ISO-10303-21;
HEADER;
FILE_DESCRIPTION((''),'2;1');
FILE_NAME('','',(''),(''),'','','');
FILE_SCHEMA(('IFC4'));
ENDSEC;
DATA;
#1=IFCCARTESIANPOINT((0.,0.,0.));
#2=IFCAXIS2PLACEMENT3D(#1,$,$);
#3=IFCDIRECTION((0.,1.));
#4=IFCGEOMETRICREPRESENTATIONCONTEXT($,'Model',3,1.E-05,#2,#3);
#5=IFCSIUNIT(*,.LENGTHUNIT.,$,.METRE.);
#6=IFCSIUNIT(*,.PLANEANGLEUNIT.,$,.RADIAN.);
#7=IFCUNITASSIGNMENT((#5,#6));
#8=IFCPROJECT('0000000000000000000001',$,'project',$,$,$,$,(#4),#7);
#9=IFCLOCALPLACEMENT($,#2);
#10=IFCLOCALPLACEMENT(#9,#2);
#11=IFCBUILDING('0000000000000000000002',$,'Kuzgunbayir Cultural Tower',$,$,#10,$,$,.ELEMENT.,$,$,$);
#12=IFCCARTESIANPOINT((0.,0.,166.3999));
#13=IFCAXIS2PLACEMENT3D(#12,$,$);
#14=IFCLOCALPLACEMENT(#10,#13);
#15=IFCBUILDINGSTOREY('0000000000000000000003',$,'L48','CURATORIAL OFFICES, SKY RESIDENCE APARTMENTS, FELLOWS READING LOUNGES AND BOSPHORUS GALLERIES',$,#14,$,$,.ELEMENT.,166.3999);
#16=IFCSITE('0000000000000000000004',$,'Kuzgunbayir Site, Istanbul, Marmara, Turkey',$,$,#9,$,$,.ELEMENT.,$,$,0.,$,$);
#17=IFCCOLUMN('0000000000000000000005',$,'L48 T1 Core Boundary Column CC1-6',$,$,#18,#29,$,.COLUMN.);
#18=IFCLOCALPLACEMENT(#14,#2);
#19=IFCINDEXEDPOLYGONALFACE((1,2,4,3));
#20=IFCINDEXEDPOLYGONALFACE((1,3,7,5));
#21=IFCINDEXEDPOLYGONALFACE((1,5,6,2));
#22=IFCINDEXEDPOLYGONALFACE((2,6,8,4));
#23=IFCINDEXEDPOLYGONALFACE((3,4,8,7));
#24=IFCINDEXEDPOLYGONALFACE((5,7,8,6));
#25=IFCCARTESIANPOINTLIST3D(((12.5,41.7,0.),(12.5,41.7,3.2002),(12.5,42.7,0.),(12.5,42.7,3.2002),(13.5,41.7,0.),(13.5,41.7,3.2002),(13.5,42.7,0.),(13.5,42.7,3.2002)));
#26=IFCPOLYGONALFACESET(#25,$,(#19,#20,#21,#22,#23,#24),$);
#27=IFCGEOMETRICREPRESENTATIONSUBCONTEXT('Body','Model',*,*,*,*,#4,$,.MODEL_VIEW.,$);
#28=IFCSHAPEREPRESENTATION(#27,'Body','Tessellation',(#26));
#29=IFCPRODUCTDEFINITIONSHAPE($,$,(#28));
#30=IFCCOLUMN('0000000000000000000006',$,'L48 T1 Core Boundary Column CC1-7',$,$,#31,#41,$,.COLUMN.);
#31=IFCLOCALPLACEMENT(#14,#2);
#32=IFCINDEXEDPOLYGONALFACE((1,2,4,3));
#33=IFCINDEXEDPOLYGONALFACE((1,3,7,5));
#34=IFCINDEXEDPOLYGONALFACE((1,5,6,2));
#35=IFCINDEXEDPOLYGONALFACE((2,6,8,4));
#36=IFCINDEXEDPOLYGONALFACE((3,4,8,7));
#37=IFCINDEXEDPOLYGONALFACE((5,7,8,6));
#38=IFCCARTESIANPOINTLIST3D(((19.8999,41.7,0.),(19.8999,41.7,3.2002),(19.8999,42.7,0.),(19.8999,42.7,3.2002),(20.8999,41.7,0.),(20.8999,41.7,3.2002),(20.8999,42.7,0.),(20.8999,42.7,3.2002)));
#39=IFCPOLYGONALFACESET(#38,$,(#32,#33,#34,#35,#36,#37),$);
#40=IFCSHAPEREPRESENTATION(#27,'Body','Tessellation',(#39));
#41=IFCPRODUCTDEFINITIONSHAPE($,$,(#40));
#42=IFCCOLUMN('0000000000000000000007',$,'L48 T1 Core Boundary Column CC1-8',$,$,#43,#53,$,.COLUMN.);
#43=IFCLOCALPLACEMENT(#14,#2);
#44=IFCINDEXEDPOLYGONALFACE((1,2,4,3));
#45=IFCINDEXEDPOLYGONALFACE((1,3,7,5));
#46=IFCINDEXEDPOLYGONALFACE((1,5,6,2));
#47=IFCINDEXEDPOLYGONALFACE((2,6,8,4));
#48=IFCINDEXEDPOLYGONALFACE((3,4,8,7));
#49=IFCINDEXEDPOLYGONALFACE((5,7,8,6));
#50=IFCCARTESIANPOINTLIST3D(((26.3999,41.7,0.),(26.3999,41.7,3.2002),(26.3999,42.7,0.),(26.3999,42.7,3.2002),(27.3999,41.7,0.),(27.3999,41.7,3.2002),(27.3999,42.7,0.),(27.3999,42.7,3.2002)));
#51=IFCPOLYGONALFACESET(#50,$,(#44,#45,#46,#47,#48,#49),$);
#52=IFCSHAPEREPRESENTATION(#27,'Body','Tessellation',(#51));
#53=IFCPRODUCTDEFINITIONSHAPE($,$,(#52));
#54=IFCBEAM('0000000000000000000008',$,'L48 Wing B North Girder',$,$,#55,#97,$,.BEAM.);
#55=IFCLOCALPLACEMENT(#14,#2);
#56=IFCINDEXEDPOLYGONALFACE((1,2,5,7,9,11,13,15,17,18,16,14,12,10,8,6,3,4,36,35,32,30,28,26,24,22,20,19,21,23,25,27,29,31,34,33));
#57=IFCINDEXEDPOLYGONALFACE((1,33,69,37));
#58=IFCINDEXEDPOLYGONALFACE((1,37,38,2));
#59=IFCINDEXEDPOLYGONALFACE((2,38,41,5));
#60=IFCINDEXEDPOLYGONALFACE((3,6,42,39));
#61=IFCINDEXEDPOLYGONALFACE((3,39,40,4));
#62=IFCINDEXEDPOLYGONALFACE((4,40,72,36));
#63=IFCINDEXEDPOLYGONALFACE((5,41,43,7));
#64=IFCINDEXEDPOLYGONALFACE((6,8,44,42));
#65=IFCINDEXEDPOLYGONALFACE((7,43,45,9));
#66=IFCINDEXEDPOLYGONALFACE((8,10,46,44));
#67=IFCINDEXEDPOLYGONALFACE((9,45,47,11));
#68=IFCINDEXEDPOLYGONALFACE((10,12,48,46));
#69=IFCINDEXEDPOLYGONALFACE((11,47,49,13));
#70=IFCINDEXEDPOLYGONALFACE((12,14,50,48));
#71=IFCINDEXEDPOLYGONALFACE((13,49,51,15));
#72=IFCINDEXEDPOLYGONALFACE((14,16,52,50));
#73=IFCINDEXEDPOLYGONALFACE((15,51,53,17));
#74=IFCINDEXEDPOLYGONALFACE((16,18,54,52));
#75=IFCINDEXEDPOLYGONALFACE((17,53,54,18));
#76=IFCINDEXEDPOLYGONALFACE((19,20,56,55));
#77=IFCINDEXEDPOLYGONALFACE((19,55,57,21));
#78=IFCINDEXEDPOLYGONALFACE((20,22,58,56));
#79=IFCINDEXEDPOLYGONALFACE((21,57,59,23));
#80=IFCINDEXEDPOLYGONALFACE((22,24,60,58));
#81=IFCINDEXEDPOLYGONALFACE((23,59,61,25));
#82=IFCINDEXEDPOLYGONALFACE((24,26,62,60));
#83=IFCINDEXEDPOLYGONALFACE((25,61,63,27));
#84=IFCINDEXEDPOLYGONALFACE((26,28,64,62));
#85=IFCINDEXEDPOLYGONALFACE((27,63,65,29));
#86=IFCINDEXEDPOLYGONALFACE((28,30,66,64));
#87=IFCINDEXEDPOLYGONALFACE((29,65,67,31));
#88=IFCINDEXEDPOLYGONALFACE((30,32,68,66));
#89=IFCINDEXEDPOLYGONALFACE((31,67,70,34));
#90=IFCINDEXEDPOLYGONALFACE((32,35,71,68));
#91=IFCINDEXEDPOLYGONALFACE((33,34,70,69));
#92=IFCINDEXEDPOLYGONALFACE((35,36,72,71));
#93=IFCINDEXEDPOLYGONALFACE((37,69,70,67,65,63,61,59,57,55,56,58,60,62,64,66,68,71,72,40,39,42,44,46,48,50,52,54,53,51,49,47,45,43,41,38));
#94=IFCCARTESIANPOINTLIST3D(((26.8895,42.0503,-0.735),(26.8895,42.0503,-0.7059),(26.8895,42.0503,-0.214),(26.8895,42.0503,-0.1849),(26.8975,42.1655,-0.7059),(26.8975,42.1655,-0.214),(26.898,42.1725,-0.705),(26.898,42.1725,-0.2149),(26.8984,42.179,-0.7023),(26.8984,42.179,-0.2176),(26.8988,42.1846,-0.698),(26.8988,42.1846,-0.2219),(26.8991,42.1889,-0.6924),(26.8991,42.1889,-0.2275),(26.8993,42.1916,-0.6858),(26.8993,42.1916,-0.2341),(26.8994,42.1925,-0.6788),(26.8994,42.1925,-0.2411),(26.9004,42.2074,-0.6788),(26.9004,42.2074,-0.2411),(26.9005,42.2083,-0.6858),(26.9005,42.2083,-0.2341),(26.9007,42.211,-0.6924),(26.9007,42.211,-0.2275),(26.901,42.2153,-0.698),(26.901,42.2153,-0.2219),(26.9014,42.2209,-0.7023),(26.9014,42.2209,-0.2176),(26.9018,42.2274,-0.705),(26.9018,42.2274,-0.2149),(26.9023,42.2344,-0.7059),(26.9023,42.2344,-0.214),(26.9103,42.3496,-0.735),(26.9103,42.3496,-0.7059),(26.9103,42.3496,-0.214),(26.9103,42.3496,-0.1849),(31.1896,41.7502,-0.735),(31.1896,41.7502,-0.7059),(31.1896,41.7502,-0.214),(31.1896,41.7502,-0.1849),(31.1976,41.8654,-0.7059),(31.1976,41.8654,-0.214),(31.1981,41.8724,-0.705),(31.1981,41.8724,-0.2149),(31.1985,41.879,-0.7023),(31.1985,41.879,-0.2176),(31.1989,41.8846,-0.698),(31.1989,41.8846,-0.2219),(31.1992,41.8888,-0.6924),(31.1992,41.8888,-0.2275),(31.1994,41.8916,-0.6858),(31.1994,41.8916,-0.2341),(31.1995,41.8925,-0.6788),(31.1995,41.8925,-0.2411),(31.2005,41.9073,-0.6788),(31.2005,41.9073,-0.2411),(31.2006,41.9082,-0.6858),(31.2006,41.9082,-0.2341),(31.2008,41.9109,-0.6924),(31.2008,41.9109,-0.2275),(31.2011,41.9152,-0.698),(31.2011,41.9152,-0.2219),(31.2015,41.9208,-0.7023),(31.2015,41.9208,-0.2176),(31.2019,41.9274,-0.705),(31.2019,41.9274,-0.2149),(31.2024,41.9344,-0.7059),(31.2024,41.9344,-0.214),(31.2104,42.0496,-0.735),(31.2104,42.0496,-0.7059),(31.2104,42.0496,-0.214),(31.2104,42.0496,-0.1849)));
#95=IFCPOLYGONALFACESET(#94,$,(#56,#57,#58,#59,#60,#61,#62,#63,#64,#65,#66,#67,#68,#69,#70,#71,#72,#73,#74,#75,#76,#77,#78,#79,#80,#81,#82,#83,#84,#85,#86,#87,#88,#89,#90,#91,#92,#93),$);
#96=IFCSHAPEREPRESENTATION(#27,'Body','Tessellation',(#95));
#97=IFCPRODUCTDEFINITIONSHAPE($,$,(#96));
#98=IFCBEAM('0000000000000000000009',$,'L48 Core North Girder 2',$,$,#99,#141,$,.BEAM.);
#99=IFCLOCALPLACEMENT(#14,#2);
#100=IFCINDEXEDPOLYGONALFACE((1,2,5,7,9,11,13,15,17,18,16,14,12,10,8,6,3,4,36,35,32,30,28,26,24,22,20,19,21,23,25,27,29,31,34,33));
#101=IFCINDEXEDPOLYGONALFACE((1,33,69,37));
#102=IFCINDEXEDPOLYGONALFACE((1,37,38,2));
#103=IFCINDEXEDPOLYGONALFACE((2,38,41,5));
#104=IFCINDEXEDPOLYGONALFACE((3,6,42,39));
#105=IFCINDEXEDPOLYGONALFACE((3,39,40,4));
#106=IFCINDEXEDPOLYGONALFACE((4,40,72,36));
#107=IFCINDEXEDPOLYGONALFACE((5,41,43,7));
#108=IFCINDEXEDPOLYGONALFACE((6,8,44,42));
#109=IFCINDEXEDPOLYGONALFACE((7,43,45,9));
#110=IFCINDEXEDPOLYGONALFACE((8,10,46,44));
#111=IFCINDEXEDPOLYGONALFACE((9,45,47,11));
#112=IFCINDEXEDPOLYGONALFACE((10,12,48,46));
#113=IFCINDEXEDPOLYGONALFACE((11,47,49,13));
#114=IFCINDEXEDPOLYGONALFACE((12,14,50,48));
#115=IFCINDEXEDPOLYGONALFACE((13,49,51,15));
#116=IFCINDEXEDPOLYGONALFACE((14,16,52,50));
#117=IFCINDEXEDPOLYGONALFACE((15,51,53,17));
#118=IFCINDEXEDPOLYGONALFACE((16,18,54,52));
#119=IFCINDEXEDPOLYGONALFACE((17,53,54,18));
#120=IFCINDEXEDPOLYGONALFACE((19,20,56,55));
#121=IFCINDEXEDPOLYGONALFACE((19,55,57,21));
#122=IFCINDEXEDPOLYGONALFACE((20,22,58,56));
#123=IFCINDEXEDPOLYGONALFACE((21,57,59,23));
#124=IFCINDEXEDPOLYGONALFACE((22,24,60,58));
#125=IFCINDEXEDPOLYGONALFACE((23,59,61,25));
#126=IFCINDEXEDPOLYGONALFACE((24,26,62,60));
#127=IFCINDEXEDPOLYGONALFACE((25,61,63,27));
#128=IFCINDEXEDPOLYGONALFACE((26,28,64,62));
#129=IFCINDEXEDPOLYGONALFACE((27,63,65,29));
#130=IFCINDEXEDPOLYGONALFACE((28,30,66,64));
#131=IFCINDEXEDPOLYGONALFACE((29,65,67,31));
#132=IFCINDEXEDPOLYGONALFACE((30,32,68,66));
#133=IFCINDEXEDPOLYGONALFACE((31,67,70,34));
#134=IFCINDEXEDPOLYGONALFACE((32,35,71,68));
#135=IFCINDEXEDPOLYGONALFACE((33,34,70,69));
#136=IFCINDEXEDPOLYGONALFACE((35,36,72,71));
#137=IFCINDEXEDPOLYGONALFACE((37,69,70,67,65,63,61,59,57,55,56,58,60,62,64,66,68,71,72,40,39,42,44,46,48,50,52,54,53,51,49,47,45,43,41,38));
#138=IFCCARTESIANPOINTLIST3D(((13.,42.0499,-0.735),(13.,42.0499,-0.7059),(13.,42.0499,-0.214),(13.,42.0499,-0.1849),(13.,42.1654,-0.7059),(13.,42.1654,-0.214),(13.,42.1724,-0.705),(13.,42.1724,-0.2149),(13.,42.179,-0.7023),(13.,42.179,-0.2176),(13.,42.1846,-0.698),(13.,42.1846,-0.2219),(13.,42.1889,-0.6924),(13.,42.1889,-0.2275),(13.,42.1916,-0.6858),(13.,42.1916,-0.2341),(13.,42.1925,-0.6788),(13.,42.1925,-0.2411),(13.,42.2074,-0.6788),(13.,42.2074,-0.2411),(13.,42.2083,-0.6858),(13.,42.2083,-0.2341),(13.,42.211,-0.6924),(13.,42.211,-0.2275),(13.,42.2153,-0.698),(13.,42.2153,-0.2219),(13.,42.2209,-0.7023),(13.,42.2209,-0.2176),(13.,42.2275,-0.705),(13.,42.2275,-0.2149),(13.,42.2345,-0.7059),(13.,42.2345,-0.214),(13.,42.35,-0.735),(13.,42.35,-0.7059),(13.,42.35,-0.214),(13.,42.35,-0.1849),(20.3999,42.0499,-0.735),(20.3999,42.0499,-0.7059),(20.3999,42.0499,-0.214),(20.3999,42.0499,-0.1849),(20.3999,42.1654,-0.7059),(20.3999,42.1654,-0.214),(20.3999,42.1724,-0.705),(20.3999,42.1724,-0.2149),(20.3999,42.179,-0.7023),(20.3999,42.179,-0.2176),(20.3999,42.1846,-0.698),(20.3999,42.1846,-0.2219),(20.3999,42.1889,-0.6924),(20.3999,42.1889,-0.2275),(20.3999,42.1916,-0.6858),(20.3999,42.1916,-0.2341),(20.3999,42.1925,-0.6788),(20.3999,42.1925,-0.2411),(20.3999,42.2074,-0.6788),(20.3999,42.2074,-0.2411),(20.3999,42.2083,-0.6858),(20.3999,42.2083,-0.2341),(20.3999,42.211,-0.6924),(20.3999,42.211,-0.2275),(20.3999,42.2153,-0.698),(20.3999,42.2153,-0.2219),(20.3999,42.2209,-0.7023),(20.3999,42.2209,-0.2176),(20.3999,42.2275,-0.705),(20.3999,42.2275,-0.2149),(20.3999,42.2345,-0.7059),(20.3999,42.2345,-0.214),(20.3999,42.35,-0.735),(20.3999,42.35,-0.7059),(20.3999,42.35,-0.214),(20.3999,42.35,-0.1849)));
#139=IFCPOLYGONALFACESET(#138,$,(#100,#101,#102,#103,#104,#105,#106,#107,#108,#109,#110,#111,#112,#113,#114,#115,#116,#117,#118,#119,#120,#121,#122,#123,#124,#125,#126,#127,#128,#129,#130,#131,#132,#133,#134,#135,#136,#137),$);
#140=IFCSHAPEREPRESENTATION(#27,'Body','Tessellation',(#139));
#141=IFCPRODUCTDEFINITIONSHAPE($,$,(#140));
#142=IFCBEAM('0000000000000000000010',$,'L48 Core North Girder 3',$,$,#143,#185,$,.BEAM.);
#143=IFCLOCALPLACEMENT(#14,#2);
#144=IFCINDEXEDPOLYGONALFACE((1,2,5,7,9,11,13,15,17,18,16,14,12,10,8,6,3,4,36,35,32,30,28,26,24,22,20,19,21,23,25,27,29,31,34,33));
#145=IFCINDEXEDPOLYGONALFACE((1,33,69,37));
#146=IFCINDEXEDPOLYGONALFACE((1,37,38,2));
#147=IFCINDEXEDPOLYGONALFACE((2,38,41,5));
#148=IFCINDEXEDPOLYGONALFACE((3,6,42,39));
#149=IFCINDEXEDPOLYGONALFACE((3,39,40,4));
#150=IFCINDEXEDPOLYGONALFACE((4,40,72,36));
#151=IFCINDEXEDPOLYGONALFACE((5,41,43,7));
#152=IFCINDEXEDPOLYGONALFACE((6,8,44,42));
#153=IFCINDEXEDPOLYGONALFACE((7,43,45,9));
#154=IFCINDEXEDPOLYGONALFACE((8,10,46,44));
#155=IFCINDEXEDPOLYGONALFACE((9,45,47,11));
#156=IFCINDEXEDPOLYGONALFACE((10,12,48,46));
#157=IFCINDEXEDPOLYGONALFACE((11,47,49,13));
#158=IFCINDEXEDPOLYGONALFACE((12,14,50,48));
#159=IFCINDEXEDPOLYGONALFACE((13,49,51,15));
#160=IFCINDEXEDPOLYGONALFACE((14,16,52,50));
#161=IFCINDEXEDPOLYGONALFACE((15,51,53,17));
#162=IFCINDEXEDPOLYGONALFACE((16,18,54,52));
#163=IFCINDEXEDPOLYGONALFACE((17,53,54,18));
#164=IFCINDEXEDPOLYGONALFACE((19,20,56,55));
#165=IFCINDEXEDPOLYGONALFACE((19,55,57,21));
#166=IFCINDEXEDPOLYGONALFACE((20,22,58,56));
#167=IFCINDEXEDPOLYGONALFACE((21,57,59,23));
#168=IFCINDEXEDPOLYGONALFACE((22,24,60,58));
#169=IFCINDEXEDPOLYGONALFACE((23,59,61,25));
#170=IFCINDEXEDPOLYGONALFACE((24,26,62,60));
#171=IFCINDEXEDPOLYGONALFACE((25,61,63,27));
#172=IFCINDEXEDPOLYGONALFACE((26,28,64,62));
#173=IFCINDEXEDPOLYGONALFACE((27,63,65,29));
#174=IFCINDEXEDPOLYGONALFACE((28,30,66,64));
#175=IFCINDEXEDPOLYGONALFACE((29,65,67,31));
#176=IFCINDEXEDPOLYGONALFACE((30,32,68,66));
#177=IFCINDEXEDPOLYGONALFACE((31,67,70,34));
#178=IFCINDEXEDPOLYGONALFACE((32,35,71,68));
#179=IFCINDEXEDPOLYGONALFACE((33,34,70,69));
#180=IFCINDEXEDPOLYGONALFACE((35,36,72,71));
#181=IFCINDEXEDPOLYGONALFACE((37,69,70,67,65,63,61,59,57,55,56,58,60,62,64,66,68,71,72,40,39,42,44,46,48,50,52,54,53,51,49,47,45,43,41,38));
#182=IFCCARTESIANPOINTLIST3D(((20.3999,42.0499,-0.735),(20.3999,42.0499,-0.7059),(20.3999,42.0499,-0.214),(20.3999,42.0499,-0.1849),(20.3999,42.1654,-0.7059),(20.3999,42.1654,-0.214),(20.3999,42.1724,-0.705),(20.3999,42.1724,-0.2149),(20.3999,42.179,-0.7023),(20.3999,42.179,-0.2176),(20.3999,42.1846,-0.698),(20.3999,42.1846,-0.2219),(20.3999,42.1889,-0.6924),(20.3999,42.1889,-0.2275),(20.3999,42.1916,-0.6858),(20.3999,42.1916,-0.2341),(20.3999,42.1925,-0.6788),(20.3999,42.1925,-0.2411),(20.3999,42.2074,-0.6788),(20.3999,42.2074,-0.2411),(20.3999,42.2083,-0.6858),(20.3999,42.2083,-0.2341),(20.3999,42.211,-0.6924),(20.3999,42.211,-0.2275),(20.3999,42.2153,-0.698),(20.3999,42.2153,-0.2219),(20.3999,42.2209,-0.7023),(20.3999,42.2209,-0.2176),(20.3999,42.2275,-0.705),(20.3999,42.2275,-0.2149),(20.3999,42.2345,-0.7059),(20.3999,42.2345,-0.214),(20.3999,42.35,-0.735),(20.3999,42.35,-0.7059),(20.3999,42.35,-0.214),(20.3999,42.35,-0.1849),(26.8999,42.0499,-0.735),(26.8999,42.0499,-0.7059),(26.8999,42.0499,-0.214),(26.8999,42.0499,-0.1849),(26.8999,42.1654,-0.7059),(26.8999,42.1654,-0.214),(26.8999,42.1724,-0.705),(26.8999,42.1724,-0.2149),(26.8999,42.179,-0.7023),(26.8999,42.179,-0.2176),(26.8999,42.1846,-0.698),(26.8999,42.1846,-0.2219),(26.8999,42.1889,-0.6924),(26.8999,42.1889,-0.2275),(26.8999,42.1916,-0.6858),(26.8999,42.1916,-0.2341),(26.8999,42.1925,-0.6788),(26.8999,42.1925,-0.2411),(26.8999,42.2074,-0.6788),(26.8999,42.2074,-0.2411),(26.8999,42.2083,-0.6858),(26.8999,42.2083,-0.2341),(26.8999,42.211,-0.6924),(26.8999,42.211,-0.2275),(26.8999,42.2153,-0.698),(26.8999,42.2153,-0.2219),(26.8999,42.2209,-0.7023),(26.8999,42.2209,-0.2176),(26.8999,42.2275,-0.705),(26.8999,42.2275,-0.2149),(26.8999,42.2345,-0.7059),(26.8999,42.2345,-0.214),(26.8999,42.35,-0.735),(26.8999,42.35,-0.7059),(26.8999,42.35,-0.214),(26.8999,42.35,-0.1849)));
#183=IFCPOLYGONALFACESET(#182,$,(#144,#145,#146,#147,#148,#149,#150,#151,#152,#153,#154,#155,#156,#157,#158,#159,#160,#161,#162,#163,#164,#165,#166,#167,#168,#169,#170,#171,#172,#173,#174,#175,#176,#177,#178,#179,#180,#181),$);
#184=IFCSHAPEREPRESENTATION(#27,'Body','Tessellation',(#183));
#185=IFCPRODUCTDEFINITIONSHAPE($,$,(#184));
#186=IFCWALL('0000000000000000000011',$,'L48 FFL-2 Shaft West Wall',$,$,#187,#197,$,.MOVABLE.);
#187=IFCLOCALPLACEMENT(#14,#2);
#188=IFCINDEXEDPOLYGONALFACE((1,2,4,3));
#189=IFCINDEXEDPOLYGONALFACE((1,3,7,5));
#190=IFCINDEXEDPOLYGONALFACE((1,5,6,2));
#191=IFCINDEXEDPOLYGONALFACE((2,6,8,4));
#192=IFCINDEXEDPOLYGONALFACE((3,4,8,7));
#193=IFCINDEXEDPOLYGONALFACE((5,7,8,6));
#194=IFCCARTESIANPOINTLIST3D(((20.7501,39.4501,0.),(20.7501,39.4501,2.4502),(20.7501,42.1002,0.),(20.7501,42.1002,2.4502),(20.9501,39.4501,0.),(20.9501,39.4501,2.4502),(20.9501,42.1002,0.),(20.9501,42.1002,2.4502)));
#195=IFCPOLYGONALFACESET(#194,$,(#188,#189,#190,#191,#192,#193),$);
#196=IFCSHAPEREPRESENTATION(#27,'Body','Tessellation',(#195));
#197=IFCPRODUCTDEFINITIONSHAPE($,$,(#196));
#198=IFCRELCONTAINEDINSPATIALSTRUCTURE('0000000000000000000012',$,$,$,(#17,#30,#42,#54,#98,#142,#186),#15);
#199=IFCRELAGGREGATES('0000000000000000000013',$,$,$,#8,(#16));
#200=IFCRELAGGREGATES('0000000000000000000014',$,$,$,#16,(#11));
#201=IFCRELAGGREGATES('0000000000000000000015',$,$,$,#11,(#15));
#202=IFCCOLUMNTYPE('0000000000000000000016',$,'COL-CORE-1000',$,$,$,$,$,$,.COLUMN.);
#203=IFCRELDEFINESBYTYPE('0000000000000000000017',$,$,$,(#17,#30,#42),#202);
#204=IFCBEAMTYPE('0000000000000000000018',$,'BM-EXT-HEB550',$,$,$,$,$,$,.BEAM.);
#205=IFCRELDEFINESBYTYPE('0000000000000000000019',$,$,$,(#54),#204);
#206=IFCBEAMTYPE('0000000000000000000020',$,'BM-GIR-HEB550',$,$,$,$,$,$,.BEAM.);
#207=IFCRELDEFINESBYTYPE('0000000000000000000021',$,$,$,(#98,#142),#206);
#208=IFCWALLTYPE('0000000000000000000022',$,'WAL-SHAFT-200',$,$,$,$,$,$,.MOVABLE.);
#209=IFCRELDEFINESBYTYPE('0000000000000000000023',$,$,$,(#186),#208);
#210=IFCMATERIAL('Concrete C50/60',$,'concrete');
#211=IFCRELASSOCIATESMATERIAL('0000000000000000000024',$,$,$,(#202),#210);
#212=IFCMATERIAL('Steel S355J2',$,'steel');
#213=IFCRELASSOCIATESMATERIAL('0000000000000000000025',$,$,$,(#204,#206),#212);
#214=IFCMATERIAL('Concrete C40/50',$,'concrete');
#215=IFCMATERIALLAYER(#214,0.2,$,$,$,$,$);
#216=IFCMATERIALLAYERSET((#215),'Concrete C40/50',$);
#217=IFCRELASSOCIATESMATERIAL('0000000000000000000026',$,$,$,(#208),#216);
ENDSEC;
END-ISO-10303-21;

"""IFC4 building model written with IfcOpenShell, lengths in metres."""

from ifc_helpers import new_model, si_unit, direction, frame, frame_2d, origin, origin_2d, place, context, subcontext, project, spatial, rectangle, i_section, extrude, material, layer, layer_set, material_profile, profile_set, type_object, element, save


model = new_model("IFC4")

# Units and contexts
model_context = context("Model", 3, precision=1e-05, world=origin(), true_north=direction((0.0, 1.0)))
body_context = subcontext(model_context, "Body", "Model", "MODEL_VIEW")
ifc_project = project(units=[si_unit("LENGTHUNIT", "METRE"), si_unit("PLANEANGLEUNIT", "RADIAN")], contexts=[model_context])

# Site, building, storey
site_placement = place(None, origin())
site = spatial("IfcSite", under=ifc_project, at=site_placement, Name="Kuzgunbayir Site, Istanbul, Marmara, Turkey", CompositionType="ELEMENT", RefElevation=0.0)
building_placement = place(site_placement, origin())
building = spatial("IfcBuilding", under=site, at=building_placement, Name="Kuzgunbayir Cultural Tower", CompositionType="ELEMENT")
storey_placement = place(building_placement, frame((0.0, 0.0, 166.3999)))
storey = spatial("IfcBuildingStorey", under=building, at=storey_placement, Name="L48", Description="CURATORIAL OFFICES, SKY RESIDENCE APARTMENTS, FELLOWS READING LOUNGES AND BOSPHORUS GALLERIES", CompositionType="ELEMENT", Elevation=166.3999)

# Columns
ifc_material_1 = material(Name="Concrete C50/60", Category="concrete")
ifc_material_profile_1 = material_profile(ifc_material_1, rectangle(XDim=1.0, YDim=1.0, at=origin_2d()), Name="RC 1000x1000")
ifc_profile_set_1 = profile_set([ifc_material_profile_1], Name="Concrete C50/60")
column_type = type_object("IfcColumnType", Name="COL-CORE-1000", PredefinedType="COLUMN", material=ifc_profile_set_1)
for number, where, z_axis, x_axis, name in (
    (1, (13.0, 42.2, 0.0), (0.0, 0.0, 1.0), (1.0, 0.0, 0.0), "L48 T1 Core Boundary Column CC1-6"),
    (2, (20.3999, 42.2, 0.0), (0.0, 0.0, 1.0), (1.0, 0.0, 0.0), "L48 T1 Core Boundary Column CC1-7"),
    (3, (26.8999, 42.2, 0.0), (0.0, 0.0, 1.0), (1.0, 0.0, 0.0), "L48 T1 Core Boundary Column CC1-8"),
):
    element("IfcColumn", number, at=place(storey_placement, frame(where, z_axis=z_axis, x_axis=x_axis)), inside=storey, type_object=column_type, Name=name, PredefinedType="COLUMN", context=body_context, shape_type="SweptSolid", body=[
        extrude(rectangle(XDim=1.0, YDim=1.0, at=origin_2d()), origin(), (0.0, 0.0, 1.0), 3.2002),
    ])

# Beams
ifc_material_2 = material(Name="Steel S355J2", Category="steel")
ifc_material_profile_2 = material_profile(ifc_material_2, i_section(OverallWidth=0.3, OverallDepth=0.55, WebThickness=0.0149, FlangeThickness=0.0291, FilletRadius=0.0271, at=origin_2d()), Name="HEB 550")
ifc_profile_set_2 = profile_set([ifc_material_profile_2], Name="Steel S355J2")
beam_type_1 = type_object("IfcBeamType", Name="BM-EXT-HEB550", PredefinedType="BEAM", material=ifc_profile_set_2)
beam_1_placement = place(storey_placement, frame((26.8999, 42.2, -0.46), z_axis=(0.997574, -0.069609, 0.0), x_axis=(0.069609, 0.997574, 0.0)))
element("IfcBeam", 4, at=beam_1_placement, inside=storey, type_object=beam_type_1, Name="L48 Wing B North Girder", PredefinedType="BEAM", context=body_context, shape_type="SweptSolid", body=[
    extrude(i_section(OverallWidth=0.3, OverallDepth=0.55, WebThickness=0.0149, FlangeThickness=0.0291, FilletRadius=0.0271, at=origin_2d()), origin(), (0.0, 0.0, 1.0), 4.3105),
])
ifc_material_profile_3 = material_profile(ifc_material_2, i_section(OverallWidth=0.3, OverallDepth=0.55, WebThickness=0.0149, FlangeThickness=0.0291, FilletRadius=0.0271, at=origin_2d()), Name="HEB 550")
ifc_profile_set_3 = profile_set([ifc_material_profile_3], Name="Steel S355J2")
beam_type_2 = type_object("IfcBeamType", Name="BM-GIR-HEB550", PredefinedType="BEAM", material=ifc_profile_set_3)
beam_2_placement = place(storey_placement, frame((13.0, 42.2, -0.46), z_axis=(1.0, 0.0, 0.0), x_axis=(0.0, 1.0, 0.0)))
element("IfcBeam", 5, at=beam_2_placement, inside=storey, type_object=beam_type_2, Name="L48 Core North Girder 2", PredefinedType="BEAM", context=body_context, shape_type="SweptSolid", body=[
    extrude(i_section(OverallWidth=0.3, OverallDepth=0.55, WebThickness=0.0149, FlangeThickness=0.0291, FilletRadius=0.0271, at=origin_2d()), origin(), (0.0, 0.0, 1.0), 7.3999),
])
beam_3_placement = place(storey_placement, frame((20.3999, 42.2, -0.46), z_axis=(1.0, 0.0, 0.0), x_axis=(0.0, 1.0, 0.0)))
element("IfcBeam", 6, at=beam_3_placement, inside=storey, type_object=beam_type_2, Name="L48 Core North Girder 3", PredefinedType="BEAM", context=body_context, shape_type="SweptSolid", body=[
    extrude(i_section(OverallWidth=0.3, OverallDepth=0.55, WebThickness=0.0149, FlangeThickness=0.0291, FilletRadius=0.0271, at=origin_2d()), origin(), (0.0, 0.0, 1.0), 6.5),
])

# Shared definitions
ifc_material_3 = material(Name="Concrete C40/50", Category="concrete")
ifc_layer_1 = layer(ifc_material_3, 0.2)
ifc_layer_set_1 = layer_set([ifc_layer_1], Name="Concrete C40/50")
wall_type_1 = type_object("IfcWallType", Name="WAL-SHAFT-200", PredefinedType="MOVABLE", material=ifc_layer_set_1)

# Wall
for number, where, z_axis, x_axis, name in (
    (7, (20.8501, 39.45, 0.0), (0.0, 0.0, 1.0), (0.0, 1.0, 0.0), "L48 FFL-2 Shaft West Wall"),
):
    element("IfcWall", number, at=place(storey_placement, frame(where, z_axis=z_axis, x_axis=x_axis)), inside=storey, type_object=wall_type_1, Name=name, PredefinedType="MOVABLE", context=body_context, shape_type="SweptSolid", body=[
        extrude(rectangle(XDim=2.6501, YDim=0.2, at=frame_2d((1.3252, 0.0))), origin(), (0.0, 0.0, 1.0), 2.4502),
    ])

save(model, "model.ifc")
